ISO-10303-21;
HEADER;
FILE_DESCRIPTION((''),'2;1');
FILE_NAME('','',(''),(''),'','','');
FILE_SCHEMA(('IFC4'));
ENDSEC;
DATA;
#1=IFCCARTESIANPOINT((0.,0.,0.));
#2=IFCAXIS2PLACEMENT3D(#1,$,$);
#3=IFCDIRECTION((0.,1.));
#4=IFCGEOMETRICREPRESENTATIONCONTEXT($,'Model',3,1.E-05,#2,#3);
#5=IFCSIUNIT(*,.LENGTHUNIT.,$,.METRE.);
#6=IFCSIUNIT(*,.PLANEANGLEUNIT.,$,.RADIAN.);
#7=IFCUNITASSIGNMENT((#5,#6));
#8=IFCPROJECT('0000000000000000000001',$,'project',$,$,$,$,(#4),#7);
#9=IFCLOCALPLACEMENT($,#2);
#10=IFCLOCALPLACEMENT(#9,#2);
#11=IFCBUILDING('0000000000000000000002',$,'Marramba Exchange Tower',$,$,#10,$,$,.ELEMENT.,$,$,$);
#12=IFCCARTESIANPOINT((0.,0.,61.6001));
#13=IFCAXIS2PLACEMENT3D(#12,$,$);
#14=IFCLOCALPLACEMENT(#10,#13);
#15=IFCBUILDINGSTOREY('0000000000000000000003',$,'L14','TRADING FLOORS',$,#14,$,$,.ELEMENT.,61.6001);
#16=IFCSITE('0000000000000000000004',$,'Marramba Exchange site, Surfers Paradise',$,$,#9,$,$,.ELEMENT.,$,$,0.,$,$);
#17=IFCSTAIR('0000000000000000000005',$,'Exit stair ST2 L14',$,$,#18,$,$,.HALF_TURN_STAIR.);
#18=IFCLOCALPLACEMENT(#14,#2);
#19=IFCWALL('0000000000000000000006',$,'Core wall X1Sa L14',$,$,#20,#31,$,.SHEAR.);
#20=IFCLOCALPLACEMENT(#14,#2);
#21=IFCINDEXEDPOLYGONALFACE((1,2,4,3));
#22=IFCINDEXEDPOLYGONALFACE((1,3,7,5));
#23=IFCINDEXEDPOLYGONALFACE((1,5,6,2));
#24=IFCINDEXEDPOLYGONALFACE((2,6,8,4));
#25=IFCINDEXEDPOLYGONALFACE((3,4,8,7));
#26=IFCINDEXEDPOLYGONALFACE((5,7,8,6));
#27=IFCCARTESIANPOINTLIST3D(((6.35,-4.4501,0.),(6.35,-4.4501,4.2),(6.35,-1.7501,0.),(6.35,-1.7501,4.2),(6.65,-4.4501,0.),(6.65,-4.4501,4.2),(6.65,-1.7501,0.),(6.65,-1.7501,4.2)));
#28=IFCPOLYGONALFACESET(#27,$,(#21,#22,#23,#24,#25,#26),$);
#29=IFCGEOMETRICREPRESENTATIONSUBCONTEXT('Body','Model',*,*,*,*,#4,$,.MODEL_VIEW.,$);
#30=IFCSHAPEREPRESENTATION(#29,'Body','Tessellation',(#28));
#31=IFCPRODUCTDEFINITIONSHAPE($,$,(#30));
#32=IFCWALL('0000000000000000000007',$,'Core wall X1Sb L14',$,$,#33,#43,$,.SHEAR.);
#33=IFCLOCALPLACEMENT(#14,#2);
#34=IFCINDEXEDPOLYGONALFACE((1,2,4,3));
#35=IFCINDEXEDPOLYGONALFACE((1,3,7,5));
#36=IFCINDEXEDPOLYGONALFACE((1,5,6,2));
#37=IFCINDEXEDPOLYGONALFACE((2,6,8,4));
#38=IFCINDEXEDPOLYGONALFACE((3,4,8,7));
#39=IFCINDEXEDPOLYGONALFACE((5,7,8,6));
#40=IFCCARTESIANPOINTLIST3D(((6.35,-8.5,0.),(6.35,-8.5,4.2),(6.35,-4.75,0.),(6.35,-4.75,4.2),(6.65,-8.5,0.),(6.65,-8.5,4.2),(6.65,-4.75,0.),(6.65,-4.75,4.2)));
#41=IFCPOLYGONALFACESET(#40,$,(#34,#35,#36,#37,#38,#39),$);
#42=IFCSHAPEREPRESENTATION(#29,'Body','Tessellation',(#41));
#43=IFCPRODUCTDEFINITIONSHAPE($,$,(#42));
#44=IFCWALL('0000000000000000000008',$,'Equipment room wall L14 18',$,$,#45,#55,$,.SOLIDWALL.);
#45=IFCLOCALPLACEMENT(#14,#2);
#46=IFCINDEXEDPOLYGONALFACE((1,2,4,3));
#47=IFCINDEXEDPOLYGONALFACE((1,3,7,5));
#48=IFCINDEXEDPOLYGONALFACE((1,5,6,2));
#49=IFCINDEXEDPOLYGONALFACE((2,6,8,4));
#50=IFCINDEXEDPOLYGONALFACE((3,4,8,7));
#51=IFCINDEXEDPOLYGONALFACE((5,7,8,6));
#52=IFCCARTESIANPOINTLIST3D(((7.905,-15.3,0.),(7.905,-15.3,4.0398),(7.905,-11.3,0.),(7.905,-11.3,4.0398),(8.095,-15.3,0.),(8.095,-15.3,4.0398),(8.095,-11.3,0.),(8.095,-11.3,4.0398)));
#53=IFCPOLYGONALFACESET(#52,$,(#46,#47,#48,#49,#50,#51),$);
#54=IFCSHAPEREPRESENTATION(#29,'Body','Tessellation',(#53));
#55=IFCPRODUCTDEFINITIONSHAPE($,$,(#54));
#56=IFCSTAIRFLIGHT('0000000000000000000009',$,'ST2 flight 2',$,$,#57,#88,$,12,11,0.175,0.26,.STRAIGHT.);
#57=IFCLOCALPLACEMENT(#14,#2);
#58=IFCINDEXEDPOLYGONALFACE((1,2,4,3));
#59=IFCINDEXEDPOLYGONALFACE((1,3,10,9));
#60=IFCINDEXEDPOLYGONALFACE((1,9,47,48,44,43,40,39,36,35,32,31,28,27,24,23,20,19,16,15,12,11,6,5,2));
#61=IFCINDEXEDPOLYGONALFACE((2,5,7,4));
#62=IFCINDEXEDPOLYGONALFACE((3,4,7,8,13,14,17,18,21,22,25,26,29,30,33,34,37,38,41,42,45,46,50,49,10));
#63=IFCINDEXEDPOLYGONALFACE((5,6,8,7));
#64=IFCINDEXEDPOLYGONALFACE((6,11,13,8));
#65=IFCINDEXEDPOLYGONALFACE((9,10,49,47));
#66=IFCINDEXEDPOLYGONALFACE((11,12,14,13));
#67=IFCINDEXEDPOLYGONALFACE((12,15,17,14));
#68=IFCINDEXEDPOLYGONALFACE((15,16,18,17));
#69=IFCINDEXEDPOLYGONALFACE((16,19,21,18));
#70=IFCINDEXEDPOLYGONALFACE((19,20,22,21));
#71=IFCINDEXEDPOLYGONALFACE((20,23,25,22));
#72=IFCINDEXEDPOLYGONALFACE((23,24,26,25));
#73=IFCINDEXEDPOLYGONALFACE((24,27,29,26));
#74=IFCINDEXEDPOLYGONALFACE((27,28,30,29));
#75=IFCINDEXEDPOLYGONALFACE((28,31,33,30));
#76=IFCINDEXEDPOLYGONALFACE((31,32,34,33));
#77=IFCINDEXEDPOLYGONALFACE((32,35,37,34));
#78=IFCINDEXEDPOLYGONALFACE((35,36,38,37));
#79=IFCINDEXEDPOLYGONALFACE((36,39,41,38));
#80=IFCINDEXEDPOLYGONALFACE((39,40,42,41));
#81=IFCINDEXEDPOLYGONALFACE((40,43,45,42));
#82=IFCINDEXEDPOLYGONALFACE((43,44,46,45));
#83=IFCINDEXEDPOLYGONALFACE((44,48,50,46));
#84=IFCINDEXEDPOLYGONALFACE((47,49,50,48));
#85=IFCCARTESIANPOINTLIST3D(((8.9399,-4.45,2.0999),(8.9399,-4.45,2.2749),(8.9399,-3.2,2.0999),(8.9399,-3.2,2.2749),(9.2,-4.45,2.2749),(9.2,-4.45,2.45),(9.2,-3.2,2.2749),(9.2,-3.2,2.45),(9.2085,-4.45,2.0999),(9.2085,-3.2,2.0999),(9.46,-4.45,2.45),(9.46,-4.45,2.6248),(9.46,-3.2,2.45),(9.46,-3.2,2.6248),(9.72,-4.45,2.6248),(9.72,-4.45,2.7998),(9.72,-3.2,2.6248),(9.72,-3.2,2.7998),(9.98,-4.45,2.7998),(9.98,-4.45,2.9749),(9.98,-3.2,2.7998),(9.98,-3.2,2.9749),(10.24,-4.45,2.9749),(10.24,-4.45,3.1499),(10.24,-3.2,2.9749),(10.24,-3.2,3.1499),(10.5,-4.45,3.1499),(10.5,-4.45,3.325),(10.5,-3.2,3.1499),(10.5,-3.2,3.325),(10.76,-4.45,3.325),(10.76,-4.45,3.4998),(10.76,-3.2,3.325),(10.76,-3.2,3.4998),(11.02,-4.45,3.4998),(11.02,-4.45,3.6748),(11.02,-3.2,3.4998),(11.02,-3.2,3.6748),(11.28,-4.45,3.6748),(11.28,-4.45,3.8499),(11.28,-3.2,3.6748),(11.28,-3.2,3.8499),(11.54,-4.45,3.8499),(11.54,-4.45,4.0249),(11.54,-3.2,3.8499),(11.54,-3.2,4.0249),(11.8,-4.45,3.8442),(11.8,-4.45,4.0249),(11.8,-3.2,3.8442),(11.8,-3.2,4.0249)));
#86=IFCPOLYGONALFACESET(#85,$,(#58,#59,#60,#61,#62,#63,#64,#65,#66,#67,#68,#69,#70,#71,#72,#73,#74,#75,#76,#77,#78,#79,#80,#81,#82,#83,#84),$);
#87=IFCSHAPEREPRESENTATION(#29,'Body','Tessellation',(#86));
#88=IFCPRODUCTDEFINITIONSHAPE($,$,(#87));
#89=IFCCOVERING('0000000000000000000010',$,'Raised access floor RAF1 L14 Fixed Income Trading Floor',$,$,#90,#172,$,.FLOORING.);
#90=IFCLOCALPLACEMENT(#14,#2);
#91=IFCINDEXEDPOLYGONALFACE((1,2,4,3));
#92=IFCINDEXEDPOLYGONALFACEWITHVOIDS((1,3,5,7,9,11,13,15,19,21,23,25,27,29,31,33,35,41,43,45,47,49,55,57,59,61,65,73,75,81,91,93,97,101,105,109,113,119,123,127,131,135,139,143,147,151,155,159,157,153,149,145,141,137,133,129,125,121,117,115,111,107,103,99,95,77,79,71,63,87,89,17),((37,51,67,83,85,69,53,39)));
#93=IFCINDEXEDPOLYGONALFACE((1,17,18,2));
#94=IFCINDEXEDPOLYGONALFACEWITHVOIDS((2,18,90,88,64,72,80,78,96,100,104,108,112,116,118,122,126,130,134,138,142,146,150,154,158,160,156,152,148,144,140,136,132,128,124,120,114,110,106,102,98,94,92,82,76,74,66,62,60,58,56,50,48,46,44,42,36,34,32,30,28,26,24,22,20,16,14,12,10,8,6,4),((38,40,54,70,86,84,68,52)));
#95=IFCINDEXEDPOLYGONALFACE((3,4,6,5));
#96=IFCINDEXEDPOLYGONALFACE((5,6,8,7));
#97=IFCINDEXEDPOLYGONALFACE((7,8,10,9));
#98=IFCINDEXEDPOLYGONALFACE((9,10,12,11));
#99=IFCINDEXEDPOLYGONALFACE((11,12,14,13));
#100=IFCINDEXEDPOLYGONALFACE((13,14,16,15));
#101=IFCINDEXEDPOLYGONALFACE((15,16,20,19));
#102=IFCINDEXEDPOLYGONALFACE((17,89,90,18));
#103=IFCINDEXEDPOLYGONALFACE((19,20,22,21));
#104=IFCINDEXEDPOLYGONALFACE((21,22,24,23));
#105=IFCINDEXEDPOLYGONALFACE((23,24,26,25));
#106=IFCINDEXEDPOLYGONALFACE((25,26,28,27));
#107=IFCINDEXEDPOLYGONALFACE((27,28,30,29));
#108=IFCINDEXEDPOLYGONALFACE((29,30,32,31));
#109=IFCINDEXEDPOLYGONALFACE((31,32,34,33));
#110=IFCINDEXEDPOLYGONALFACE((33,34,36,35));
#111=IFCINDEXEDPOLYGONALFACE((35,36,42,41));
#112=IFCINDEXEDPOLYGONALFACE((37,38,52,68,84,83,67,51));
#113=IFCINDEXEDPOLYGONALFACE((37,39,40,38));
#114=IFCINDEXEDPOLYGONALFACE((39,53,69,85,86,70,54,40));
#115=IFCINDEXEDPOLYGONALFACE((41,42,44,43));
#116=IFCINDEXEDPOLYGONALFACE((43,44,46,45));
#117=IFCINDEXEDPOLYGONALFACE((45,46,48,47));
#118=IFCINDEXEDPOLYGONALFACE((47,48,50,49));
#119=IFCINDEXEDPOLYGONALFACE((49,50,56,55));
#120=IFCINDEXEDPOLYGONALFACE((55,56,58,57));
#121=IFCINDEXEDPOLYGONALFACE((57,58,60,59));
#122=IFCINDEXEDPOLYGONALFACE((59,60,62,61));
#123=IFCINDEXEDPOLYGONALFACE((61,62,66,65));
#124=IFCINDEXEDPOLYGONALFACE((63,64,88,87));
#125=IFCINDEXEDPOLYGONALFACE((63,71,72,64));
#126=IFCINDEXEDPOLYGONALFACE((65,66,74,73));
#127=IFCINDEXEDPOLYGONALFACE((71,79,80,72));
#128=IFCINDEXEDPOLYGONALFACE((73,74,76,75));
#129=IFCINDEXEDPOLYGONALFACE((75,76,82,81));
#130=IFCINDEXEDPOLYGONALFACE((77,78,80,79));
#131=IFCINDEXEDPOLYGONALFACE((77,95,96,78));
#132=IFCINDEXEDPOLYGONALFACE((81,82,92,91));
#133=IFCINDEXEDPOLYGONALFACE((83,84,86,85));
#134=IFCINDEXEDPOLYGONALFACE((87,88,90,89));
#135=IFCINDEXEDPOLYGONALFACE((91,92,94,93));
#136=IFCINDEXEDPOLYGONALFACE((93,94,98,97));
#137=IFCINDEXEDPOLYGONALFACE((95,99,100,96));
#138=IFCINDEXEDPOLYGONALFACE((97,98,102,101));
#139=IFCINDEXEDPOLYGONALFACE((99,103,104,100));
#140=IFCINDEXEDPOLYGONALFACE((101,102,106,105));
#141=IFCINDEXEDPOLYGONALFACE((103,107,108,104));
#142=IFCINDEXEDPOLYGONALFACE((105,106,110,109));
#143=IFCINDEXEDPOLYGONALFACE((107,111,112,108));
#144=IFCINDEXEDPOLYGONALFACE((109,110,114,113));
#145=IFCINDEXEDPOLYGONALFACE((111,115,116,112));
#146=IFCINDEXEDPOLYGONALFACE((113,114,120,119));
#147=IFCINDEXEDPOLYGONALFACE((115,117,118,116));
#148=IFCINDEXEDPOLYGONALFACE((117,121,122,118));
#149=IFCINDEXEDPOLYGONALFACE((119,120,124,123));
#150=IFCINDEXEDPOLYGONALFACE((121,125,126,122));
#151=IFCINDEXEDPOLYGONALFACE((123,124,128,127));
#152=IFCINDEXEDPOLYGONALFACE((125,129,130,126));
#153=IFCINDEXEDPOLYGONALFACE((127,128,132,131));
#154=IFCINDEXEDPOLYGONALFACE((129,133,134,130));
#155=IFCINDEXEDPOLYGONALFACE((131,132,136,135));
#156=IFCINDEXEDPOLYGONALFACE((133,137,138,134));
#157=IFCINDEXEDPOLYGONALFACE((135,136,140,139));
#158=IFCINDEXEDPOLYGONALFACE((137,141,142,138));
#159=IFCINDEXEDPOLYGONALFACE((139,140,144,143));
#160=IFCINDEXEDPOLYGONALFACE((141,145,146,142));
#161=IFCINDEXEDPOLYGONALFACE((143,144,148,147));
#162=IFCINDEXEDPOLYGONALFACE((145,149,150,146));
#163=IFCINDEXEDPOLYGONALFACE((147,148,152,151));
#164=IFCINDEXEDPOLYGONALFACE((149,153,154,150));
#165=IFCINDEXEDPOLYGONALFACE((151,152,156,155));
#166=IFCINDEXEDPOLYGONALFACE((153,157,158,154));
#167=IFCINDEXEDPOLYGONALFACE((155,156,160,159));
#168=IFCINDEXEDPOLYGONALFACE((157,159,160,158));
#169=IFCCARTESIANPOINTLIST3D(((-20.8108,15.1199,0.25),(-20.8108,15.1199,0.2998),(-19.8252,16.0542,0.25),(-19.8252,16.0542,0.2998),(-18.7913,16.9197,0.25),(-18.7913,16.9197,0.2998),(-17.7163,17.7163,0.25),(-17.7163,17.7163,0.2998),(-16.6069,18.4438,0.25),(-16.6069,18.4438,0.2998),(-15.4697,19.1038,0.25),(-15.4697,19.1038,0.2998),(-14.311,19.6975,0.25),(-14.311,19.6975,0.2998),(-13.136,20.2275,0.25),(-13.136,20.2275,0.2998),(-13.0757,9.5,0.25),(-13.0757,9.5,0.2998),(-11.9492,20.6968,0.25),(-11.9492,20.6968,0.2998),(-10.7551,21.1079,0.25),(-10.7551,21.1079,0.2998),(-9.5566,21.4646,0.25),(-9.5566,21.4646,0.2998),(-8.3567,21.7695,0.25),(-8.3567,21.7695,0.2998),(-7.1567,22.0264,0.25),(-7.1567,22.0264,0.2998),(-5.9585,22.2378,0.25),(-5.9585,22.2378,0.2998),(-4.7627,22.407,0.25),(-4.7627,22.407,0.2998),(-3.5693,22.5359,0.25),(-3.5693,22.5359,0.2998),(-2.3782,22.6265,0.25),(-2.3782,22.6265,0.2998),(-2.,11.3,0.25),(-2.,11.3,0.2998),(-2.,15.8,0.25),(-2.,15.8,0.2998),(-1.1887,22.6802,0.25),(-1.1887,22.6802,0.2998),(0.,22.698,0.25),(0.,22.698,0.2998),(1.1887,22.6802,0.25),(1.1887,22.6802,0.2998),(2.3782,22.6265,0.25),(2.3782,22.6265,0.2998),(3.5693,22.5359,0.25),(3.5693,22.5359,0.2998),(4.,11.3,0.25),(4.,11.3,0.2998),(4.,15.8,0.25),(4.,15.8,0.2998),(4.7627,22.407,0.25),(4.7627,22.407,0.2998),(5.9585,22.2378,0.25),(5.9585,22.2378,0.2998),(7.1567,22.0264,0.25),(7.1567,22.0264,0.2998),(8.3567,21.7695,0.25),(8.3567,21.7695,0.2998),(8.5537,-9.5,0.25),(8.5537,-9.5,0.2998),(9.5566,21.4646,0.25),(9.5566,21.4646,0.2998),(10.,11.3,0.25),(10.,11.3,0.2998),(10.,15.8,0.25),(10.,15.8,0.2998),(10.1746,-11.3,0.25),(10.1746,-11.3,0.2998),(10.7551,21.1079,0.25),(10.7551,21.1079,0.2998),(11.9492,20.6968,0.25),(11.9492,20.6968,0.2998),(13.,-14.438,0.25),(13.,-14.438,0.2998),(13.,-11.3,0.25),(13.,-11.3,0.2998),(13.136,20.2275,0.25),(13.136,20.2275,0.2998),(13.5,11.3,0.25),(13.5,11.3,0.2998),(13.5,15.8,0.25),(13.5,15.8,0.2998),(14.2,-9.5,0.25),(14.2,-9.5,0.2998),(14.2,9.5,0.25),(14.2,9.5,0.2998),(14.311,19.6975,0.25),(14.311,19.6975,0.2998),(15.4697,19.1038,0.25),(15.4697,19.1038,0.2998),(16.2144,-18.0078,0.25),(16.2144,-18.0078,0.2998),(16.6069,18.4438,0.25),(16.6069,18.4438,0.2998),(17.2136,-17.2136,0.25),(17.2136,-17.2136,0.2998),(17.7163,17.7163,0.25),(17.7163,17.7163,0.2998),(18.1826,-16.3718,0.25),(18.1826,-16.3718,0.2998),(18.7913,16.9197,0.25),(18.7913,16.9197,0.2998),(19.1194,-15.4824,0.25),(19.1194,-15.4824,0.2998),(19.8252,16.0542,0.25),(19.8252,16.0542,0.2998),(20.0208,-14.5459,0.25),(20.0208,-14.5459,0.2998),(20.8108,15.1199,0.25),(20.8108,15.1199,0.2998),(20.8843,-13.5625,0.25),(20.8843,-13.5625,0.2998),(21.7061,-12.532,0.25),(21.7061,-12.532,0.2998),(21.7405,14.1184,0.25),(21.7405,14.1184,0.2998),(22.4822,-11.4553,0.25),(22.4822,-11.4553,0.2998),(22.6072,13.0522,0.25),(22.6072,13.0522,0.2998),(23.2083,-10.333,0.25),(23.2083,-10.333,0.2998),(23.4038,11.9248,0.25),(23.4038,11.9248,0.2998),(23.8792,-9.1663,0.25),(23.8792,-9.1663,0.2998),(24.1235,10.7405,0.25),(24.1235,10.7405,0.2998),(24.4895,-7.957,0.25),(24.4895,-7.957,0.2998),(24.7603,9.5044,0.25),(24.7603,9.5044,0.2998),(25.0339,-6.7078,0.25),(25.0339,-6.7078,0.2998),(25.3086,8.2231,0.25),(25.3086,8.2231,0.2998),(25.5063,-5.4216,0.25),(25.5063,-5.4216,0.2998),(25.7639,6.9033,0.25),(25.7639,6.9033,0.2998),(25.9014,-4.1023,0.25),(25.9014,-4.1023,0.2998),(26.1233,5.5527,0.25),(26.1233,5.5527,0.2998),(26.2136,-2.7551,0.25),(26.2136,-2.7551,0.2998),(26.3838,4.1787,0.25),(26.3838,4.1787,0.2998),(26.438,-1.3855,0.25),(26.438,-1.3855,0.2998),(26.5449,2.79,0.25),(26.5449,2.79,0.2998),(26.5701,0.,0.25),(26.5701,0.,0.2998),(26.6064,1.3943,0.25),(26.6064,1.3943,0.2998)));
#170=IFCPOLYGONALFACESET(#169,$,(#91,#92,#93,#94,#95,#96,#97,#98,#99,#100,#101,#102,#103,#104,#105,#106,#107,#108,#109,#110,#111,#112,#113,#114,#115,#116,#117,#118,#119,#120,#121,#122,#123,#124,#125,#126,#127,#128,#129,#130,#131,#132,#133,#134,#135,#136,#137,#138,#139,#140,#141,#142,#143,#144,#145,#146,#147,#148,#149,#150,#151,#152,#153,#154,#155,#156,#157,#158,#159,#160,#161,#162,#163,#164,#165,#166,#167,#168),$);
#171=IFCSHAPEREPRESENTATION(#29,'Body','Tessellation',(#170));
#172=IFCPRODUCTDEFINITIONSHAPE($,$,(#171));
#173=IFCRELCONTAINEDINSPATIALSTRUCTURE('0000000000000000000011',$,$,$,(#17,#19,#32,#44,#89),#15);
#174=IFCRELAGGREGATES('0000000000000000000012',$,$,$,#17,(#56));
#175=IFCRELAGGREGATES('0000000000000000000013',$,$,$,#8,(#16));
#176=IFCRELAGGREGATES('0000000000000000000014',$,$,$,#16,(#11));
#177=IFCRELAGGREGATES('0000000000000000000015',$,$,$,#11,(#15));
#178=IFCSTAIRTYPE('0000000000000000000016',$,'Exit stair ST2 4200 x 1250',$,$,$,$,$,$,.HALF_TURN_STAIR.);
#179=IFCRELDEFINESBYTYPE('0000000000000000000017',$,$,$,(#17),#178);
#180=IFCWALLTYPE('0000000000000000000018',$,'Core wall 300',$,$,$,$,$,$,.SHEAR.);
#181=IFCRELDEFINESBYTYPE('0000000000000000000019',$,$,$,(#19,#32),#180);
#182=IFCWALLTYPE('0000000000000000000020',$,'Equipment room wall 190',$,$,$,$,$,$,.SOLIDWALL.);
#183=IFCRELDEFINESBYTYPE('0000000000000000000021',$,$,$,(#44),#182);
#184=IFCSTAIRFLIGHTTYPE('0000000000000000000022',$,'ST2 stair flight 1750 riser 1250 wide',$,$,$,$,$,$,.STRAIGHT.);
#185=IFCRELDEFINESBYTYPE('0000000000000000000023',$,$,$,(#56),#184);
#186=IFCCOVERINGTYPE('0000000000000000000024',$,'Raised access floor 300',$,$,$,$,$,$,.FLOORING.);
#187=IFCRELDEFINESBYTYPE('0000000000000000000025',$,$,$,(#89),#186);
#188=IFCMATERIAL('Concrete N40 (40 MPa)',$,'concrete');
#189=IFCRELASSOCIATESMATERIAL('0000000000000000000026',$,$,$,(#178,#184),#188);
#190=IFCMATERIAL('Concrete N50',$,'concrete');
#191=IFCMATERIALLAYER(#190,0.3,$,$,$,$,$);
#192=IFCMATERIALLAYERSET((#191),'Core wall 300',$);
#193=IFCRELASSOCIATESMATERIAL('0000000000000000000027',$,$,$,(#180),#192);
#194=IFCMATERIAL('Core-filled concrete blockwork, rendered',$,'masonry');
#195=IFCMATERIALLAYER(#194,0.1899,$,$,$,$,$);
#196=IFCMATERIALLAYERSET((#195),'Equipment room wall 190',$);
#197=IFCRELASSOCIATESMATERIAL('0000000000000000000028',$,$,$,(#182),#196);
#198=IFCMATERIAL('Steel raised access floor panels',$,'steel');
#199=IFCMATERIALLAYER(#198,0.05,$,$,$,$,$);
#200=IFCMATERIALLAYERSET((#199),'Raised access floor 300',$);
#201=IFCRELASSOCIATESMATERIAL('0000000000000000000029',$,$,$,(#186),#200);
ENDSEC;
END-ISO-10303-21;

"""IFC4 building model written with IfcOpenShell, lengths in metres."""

from ifc_helpers import new_model, si_unit, direction, frame, frame_2d, origin, place, context, subcontext, project, spatial, polyline, rectangle, outline, extrude, material, layer, layer_set, type_object, element, aggregate, save


model = new_model("IFC4")

# Units and contexts
model_context = context("Model", 3, precision=1e-05, world=origin(), true_north=direction((0.0, 1.0)))
body_context = subcontext(model_context, "Body", "Model", "MODEL_VIEW")
ifc_project = project(units=[si_unit("LENGTHUNIT", "METRE"), si_unit("PLANEANGLEUNIT", "RADIAN")], contexts=[model_context])

# Site, building, storey
site_placement = place(None, origin())
site = spatial("IfcSite", under=ifc_project, at=site_placement, Name="Marramba Exchange site, Surfers Paradise", CompositionType="ELEMENT", RefElevation=0.0)
building_placement = place(site_placement, origin())
building = spatial("IfcBuilding", under=site, at=building_placement, Name="Marramba Exchange Tower", CompositionType="ELEMENT")
storey_placement = place(building_placement, frame((0.0, 0.0, 61.6001)))
storey = spatial("IfcBuildingStorey", under=building, at=storey_placement, Name="L14", Description="TRADING FLOORS", CompositionType="ELEMENT", Elevation=61.6001)

# Stair
ifc_material_1 = material(Name="Concrete N40 (40 MPa)", Category="concrete")
stair_type = type_object("IfcStairType", Name="Exit stair ST2 4200 x 1250", PredefinedType="HALF_TURN_STAIR", material=ifc_material_1)
stair_placement = place(storey_placement, origin())
stair = element("IfcStair", 1, at=stair_placement, inside=storey, type_object=stair_type, Name="Exit stair ST2 L14", PredefinedType="HALF_TURN_STAIR")

# Walls
ifc_material_2 = material(Name="Concrete N50", Category="concrete")
ifc_layer_1 = layer(ifc_material_2, 0.3)
ifc_layer_set_1 = layer_set([ifc_layer_1], Name="Core wall 300")
wall_type_1 = type_object("IfcWallType", Name="Core wall 300", PredefinedType="SHEAR", material=ifc_layer_set_1)
wall_1_placement = place(storey_placement, frame((6.5, -1.75, 0.0), z_axis=(0.0, 0.0, 1.0), x_axis=(0.0, -1.0, 0.0)))
element("IfcWall", 2, at=wall_1_placement, inside=storey, type_object=wall_type_1, Name="Core wall X1Sa L14", PredefinedType="SHEAR", context=body_context, shape_type="SweptSolid", body=[
    extrude(rectangle(XDim=2.7, YDim=0.3, at=frame_2d((1.3501, 0.0))), origin(), (0.0, 0.0, 1.0), 4.2),
])
wall_2_placement = place(storey_placement, frame((6.5, -4.75, 0.0), z_axis=(0.0, 0.0, 1.0), x_axis=(0.0, -1.0, 0.0)))
element("IfcWall", 3, at=wall_2_placement, inside=storey, type_object=wall_type_1, Name="Core wall X1Sb L14", PredefinedType="SHEAR", context=body_context, shape_type="SweptSolid", body=[
    extrude(rectangle(XDim=3.75, YDim=0.3, at=frame_2d((1.875, 0.0))), origin(), (0.0, 0.0, 1.0), 4.2),
])
ifc_material_3 = material(Name="Core-filled concrete blockwork, rendered", Category="masonry")
ifc_layer_2 = layer(ifc_material_3, 0.1899)
ifc_layer_set_2 = layer_set([ifc_layer_2], Name="Equipment room wall 190")
wall_type_2 = type_object("IfcWallType", Name="Equipment room wall 190", PredefinedType="SOLIDWALL", material=ifc_layer_set_2)
wall_3_placement = place(storey_placement, frame((8.0, -11.3, 0.0), z_axis=(0.0, 0.0, 1.0), x_axis=(0.0, -1.0, 0.0)))
element("IfcWall", 4, at=wall_3_placement, inside=storey, type_object=wall_type_2, Name="Equipment room wall L14 18", PredefinedType="SOLIDWALL", context=body_context, shape_type="SweptSolid", body=[
    extrude(rectangle(XDim=4.0, YDim=0.1899, at=frame_2d((2.0, 0.0))), origin(), (0.0, 0.0, 1.0), 4.0398),
])

# Stair flight
stair_flight_type = type_object("IfcStairFlightType", Name="ST2 stair flight 1750 riser 1250 wide", PredefinedType="STRAIGHT", material=ifc_material_1)
stair_flight_placement = place(storey_placement, frame((8.9399, -3.825, 2.0999), z_axis=(0.0, 0.0, 1.0), x_axis=(1.0, 0.0, 0.0)))
stair_flight = element("IfcStairFlight", 5, at=stair_flight_placement, type_object=stair_flight_type, Name="ST2 flight 2", NumberOfRisers=12, NumberOfTreads=11, PredefinedType="STRAIGHT", RiserHeight=0.175, TreadLength=0.26, context=body_context, shape_type="SweptSolid", body=[
    extrude(outline(polyline([(0.0, 0.0), (0.0, 0.175), (0.26, 0.175), (0.26, 0.3501), (0.52, 0.3501), (0.52, 0.5249), (0.78, 0.5249), (0.78, 0.7), (1.04, 0.7), (1.04, 0.875), (1.3, 0.875), (1.3, 1.05), (1.5601, 1.05), (1.5601, 1.2251), (1.8201, 1.2251), (1.8201, 1.3999), (2.0801, 1.3999), (2.0801, 1.575), (2.3401, 1.575), (2.3401, 1.75), (2.6001, 1.75), (2.6001, 1.925), (2.8601, 1.925), (2.8601, 2.1001), (2.8601, 1.7444), (0.2686, 0.0), (0.0, 0.0)])), frame((0.0, 0.625, 0.0), z_axis=(0.0, -1.0, 0.0), x_axis=(1.0, 0.0, 0.0)), (0.0, 0.0, 1.0), 1.25),
])
aggregate(stair, [stair_flight])

# Covering
ifc_material_4 = material(Name="Steel raised access floor panels", Category="steel")
ifc_layer_3 = layer(ifc_material_4, 0.05)
ifc_layer_set_3 = layer_set([ifc_layer_3], Name="Raised access floor 300")
covering_type_1 = type_object("IfcCoveringType", Name="Raised access floor 300", PredefinedType="FLOORING", material=ifc_layer_set_3)
covering_1_placement = place(storey_placement, frame((0.0, 0.0, 0.25)))
element("IfcCovering", 6, at=covering_1_placement, inside=storey, type_object=covering_type_1, Name="Raised access floor RAF1 L14 Fixed Income Trading Floor", PredefinedType="FLOORING", context=body_context, shape_type="SweptSolid", body=[
    extrude(outline(polyline([(14.2, 9.5), (-13.0757, 9.5), (-20.8108, 15.1199), (-19.8252, 16.0542), (-18.7913, 16.9197), (-17.7163, 17.7163), (-16.6069, 18.4438), (-15.4697, 19.1038), (-14.311, 19.6975), (-13.136, 20.2275), (-11.9492, 20.6968), (-10.7551, 21.1079), (-9.5566, 21.4646), (-8.3567, 21.7695), (-7.1567, 22.0264), (-5.9585, 22.2378), (-4.7627, 22.407), (-3.5693, 22.5359), (-2.3782, 22.6265), (-1.1887, 22.6802), (0.0, 22.698), (1.1887, 22.6802), (2.3782, 22.6265), (3.5693, 22.5359), (4.7627, 22.407), (5.9585, 22.2378), (7.1567, 22.0264), (8.3567, 21.7695), (9.5566, 21.4646), (10.7551, 21.1079), (11.9492, 20.6968), (13.136, 20.2275), (14.311, 19.6975), (15.4697, 19.1038), (16.6069, 18.4438), (17.7163, 17.7163), (18.7913, 16.9197), (19.8252, 16.0542), (20.8108, 15.1199), (21.7405, 14.1184), (22.6072, 13.0522), (23.4038, 11.9248), (24.1235, 10.7405), (24.7603, 9.5044), (25.3086, 8.2231), (25.7639, 6.9033), (26.1233, 5.5527), (26.3838, 4.1787), (26.5449, 2.79), (26.6064, 1.3943), (26.5701, 0.0), (26.438, -1.3855), (26.2136, -2.7551), (25.9014, -4.1023), (25.5063, -5.4216), (25.0339, -6.7078), (24.4895, -7.957), (23.8792, -9.1663), (23.2083, -10.333), (22.4822, -11.4553), (21.7061, -12.532), (20.8843, -13.5625), (20.0208, -14.5459), (19.1194, -15.4824), (18.1826, -16.3718), (17.2136, -17.2136), (16.2144, -18.0078), (13.0, -14.438), (13.0, -11.3), (10.1746, -11.3), (8.5537, -9.5), (14.2, -9.5), (14.2, 9.5)]), holes=[polyline([(-2.0, 11.3), (4.0, 11.3), (10.0, 11.3), (13.5, 11.3), (13.5, 15.8), (10.0, 15.8), (4.0, 15.8), (-2.0, 15.8), (-2.0, 11.3)])]), origin(), (0.0, 0.0, 1.0), 0.0498),
])

save(model, "model.ifc")
